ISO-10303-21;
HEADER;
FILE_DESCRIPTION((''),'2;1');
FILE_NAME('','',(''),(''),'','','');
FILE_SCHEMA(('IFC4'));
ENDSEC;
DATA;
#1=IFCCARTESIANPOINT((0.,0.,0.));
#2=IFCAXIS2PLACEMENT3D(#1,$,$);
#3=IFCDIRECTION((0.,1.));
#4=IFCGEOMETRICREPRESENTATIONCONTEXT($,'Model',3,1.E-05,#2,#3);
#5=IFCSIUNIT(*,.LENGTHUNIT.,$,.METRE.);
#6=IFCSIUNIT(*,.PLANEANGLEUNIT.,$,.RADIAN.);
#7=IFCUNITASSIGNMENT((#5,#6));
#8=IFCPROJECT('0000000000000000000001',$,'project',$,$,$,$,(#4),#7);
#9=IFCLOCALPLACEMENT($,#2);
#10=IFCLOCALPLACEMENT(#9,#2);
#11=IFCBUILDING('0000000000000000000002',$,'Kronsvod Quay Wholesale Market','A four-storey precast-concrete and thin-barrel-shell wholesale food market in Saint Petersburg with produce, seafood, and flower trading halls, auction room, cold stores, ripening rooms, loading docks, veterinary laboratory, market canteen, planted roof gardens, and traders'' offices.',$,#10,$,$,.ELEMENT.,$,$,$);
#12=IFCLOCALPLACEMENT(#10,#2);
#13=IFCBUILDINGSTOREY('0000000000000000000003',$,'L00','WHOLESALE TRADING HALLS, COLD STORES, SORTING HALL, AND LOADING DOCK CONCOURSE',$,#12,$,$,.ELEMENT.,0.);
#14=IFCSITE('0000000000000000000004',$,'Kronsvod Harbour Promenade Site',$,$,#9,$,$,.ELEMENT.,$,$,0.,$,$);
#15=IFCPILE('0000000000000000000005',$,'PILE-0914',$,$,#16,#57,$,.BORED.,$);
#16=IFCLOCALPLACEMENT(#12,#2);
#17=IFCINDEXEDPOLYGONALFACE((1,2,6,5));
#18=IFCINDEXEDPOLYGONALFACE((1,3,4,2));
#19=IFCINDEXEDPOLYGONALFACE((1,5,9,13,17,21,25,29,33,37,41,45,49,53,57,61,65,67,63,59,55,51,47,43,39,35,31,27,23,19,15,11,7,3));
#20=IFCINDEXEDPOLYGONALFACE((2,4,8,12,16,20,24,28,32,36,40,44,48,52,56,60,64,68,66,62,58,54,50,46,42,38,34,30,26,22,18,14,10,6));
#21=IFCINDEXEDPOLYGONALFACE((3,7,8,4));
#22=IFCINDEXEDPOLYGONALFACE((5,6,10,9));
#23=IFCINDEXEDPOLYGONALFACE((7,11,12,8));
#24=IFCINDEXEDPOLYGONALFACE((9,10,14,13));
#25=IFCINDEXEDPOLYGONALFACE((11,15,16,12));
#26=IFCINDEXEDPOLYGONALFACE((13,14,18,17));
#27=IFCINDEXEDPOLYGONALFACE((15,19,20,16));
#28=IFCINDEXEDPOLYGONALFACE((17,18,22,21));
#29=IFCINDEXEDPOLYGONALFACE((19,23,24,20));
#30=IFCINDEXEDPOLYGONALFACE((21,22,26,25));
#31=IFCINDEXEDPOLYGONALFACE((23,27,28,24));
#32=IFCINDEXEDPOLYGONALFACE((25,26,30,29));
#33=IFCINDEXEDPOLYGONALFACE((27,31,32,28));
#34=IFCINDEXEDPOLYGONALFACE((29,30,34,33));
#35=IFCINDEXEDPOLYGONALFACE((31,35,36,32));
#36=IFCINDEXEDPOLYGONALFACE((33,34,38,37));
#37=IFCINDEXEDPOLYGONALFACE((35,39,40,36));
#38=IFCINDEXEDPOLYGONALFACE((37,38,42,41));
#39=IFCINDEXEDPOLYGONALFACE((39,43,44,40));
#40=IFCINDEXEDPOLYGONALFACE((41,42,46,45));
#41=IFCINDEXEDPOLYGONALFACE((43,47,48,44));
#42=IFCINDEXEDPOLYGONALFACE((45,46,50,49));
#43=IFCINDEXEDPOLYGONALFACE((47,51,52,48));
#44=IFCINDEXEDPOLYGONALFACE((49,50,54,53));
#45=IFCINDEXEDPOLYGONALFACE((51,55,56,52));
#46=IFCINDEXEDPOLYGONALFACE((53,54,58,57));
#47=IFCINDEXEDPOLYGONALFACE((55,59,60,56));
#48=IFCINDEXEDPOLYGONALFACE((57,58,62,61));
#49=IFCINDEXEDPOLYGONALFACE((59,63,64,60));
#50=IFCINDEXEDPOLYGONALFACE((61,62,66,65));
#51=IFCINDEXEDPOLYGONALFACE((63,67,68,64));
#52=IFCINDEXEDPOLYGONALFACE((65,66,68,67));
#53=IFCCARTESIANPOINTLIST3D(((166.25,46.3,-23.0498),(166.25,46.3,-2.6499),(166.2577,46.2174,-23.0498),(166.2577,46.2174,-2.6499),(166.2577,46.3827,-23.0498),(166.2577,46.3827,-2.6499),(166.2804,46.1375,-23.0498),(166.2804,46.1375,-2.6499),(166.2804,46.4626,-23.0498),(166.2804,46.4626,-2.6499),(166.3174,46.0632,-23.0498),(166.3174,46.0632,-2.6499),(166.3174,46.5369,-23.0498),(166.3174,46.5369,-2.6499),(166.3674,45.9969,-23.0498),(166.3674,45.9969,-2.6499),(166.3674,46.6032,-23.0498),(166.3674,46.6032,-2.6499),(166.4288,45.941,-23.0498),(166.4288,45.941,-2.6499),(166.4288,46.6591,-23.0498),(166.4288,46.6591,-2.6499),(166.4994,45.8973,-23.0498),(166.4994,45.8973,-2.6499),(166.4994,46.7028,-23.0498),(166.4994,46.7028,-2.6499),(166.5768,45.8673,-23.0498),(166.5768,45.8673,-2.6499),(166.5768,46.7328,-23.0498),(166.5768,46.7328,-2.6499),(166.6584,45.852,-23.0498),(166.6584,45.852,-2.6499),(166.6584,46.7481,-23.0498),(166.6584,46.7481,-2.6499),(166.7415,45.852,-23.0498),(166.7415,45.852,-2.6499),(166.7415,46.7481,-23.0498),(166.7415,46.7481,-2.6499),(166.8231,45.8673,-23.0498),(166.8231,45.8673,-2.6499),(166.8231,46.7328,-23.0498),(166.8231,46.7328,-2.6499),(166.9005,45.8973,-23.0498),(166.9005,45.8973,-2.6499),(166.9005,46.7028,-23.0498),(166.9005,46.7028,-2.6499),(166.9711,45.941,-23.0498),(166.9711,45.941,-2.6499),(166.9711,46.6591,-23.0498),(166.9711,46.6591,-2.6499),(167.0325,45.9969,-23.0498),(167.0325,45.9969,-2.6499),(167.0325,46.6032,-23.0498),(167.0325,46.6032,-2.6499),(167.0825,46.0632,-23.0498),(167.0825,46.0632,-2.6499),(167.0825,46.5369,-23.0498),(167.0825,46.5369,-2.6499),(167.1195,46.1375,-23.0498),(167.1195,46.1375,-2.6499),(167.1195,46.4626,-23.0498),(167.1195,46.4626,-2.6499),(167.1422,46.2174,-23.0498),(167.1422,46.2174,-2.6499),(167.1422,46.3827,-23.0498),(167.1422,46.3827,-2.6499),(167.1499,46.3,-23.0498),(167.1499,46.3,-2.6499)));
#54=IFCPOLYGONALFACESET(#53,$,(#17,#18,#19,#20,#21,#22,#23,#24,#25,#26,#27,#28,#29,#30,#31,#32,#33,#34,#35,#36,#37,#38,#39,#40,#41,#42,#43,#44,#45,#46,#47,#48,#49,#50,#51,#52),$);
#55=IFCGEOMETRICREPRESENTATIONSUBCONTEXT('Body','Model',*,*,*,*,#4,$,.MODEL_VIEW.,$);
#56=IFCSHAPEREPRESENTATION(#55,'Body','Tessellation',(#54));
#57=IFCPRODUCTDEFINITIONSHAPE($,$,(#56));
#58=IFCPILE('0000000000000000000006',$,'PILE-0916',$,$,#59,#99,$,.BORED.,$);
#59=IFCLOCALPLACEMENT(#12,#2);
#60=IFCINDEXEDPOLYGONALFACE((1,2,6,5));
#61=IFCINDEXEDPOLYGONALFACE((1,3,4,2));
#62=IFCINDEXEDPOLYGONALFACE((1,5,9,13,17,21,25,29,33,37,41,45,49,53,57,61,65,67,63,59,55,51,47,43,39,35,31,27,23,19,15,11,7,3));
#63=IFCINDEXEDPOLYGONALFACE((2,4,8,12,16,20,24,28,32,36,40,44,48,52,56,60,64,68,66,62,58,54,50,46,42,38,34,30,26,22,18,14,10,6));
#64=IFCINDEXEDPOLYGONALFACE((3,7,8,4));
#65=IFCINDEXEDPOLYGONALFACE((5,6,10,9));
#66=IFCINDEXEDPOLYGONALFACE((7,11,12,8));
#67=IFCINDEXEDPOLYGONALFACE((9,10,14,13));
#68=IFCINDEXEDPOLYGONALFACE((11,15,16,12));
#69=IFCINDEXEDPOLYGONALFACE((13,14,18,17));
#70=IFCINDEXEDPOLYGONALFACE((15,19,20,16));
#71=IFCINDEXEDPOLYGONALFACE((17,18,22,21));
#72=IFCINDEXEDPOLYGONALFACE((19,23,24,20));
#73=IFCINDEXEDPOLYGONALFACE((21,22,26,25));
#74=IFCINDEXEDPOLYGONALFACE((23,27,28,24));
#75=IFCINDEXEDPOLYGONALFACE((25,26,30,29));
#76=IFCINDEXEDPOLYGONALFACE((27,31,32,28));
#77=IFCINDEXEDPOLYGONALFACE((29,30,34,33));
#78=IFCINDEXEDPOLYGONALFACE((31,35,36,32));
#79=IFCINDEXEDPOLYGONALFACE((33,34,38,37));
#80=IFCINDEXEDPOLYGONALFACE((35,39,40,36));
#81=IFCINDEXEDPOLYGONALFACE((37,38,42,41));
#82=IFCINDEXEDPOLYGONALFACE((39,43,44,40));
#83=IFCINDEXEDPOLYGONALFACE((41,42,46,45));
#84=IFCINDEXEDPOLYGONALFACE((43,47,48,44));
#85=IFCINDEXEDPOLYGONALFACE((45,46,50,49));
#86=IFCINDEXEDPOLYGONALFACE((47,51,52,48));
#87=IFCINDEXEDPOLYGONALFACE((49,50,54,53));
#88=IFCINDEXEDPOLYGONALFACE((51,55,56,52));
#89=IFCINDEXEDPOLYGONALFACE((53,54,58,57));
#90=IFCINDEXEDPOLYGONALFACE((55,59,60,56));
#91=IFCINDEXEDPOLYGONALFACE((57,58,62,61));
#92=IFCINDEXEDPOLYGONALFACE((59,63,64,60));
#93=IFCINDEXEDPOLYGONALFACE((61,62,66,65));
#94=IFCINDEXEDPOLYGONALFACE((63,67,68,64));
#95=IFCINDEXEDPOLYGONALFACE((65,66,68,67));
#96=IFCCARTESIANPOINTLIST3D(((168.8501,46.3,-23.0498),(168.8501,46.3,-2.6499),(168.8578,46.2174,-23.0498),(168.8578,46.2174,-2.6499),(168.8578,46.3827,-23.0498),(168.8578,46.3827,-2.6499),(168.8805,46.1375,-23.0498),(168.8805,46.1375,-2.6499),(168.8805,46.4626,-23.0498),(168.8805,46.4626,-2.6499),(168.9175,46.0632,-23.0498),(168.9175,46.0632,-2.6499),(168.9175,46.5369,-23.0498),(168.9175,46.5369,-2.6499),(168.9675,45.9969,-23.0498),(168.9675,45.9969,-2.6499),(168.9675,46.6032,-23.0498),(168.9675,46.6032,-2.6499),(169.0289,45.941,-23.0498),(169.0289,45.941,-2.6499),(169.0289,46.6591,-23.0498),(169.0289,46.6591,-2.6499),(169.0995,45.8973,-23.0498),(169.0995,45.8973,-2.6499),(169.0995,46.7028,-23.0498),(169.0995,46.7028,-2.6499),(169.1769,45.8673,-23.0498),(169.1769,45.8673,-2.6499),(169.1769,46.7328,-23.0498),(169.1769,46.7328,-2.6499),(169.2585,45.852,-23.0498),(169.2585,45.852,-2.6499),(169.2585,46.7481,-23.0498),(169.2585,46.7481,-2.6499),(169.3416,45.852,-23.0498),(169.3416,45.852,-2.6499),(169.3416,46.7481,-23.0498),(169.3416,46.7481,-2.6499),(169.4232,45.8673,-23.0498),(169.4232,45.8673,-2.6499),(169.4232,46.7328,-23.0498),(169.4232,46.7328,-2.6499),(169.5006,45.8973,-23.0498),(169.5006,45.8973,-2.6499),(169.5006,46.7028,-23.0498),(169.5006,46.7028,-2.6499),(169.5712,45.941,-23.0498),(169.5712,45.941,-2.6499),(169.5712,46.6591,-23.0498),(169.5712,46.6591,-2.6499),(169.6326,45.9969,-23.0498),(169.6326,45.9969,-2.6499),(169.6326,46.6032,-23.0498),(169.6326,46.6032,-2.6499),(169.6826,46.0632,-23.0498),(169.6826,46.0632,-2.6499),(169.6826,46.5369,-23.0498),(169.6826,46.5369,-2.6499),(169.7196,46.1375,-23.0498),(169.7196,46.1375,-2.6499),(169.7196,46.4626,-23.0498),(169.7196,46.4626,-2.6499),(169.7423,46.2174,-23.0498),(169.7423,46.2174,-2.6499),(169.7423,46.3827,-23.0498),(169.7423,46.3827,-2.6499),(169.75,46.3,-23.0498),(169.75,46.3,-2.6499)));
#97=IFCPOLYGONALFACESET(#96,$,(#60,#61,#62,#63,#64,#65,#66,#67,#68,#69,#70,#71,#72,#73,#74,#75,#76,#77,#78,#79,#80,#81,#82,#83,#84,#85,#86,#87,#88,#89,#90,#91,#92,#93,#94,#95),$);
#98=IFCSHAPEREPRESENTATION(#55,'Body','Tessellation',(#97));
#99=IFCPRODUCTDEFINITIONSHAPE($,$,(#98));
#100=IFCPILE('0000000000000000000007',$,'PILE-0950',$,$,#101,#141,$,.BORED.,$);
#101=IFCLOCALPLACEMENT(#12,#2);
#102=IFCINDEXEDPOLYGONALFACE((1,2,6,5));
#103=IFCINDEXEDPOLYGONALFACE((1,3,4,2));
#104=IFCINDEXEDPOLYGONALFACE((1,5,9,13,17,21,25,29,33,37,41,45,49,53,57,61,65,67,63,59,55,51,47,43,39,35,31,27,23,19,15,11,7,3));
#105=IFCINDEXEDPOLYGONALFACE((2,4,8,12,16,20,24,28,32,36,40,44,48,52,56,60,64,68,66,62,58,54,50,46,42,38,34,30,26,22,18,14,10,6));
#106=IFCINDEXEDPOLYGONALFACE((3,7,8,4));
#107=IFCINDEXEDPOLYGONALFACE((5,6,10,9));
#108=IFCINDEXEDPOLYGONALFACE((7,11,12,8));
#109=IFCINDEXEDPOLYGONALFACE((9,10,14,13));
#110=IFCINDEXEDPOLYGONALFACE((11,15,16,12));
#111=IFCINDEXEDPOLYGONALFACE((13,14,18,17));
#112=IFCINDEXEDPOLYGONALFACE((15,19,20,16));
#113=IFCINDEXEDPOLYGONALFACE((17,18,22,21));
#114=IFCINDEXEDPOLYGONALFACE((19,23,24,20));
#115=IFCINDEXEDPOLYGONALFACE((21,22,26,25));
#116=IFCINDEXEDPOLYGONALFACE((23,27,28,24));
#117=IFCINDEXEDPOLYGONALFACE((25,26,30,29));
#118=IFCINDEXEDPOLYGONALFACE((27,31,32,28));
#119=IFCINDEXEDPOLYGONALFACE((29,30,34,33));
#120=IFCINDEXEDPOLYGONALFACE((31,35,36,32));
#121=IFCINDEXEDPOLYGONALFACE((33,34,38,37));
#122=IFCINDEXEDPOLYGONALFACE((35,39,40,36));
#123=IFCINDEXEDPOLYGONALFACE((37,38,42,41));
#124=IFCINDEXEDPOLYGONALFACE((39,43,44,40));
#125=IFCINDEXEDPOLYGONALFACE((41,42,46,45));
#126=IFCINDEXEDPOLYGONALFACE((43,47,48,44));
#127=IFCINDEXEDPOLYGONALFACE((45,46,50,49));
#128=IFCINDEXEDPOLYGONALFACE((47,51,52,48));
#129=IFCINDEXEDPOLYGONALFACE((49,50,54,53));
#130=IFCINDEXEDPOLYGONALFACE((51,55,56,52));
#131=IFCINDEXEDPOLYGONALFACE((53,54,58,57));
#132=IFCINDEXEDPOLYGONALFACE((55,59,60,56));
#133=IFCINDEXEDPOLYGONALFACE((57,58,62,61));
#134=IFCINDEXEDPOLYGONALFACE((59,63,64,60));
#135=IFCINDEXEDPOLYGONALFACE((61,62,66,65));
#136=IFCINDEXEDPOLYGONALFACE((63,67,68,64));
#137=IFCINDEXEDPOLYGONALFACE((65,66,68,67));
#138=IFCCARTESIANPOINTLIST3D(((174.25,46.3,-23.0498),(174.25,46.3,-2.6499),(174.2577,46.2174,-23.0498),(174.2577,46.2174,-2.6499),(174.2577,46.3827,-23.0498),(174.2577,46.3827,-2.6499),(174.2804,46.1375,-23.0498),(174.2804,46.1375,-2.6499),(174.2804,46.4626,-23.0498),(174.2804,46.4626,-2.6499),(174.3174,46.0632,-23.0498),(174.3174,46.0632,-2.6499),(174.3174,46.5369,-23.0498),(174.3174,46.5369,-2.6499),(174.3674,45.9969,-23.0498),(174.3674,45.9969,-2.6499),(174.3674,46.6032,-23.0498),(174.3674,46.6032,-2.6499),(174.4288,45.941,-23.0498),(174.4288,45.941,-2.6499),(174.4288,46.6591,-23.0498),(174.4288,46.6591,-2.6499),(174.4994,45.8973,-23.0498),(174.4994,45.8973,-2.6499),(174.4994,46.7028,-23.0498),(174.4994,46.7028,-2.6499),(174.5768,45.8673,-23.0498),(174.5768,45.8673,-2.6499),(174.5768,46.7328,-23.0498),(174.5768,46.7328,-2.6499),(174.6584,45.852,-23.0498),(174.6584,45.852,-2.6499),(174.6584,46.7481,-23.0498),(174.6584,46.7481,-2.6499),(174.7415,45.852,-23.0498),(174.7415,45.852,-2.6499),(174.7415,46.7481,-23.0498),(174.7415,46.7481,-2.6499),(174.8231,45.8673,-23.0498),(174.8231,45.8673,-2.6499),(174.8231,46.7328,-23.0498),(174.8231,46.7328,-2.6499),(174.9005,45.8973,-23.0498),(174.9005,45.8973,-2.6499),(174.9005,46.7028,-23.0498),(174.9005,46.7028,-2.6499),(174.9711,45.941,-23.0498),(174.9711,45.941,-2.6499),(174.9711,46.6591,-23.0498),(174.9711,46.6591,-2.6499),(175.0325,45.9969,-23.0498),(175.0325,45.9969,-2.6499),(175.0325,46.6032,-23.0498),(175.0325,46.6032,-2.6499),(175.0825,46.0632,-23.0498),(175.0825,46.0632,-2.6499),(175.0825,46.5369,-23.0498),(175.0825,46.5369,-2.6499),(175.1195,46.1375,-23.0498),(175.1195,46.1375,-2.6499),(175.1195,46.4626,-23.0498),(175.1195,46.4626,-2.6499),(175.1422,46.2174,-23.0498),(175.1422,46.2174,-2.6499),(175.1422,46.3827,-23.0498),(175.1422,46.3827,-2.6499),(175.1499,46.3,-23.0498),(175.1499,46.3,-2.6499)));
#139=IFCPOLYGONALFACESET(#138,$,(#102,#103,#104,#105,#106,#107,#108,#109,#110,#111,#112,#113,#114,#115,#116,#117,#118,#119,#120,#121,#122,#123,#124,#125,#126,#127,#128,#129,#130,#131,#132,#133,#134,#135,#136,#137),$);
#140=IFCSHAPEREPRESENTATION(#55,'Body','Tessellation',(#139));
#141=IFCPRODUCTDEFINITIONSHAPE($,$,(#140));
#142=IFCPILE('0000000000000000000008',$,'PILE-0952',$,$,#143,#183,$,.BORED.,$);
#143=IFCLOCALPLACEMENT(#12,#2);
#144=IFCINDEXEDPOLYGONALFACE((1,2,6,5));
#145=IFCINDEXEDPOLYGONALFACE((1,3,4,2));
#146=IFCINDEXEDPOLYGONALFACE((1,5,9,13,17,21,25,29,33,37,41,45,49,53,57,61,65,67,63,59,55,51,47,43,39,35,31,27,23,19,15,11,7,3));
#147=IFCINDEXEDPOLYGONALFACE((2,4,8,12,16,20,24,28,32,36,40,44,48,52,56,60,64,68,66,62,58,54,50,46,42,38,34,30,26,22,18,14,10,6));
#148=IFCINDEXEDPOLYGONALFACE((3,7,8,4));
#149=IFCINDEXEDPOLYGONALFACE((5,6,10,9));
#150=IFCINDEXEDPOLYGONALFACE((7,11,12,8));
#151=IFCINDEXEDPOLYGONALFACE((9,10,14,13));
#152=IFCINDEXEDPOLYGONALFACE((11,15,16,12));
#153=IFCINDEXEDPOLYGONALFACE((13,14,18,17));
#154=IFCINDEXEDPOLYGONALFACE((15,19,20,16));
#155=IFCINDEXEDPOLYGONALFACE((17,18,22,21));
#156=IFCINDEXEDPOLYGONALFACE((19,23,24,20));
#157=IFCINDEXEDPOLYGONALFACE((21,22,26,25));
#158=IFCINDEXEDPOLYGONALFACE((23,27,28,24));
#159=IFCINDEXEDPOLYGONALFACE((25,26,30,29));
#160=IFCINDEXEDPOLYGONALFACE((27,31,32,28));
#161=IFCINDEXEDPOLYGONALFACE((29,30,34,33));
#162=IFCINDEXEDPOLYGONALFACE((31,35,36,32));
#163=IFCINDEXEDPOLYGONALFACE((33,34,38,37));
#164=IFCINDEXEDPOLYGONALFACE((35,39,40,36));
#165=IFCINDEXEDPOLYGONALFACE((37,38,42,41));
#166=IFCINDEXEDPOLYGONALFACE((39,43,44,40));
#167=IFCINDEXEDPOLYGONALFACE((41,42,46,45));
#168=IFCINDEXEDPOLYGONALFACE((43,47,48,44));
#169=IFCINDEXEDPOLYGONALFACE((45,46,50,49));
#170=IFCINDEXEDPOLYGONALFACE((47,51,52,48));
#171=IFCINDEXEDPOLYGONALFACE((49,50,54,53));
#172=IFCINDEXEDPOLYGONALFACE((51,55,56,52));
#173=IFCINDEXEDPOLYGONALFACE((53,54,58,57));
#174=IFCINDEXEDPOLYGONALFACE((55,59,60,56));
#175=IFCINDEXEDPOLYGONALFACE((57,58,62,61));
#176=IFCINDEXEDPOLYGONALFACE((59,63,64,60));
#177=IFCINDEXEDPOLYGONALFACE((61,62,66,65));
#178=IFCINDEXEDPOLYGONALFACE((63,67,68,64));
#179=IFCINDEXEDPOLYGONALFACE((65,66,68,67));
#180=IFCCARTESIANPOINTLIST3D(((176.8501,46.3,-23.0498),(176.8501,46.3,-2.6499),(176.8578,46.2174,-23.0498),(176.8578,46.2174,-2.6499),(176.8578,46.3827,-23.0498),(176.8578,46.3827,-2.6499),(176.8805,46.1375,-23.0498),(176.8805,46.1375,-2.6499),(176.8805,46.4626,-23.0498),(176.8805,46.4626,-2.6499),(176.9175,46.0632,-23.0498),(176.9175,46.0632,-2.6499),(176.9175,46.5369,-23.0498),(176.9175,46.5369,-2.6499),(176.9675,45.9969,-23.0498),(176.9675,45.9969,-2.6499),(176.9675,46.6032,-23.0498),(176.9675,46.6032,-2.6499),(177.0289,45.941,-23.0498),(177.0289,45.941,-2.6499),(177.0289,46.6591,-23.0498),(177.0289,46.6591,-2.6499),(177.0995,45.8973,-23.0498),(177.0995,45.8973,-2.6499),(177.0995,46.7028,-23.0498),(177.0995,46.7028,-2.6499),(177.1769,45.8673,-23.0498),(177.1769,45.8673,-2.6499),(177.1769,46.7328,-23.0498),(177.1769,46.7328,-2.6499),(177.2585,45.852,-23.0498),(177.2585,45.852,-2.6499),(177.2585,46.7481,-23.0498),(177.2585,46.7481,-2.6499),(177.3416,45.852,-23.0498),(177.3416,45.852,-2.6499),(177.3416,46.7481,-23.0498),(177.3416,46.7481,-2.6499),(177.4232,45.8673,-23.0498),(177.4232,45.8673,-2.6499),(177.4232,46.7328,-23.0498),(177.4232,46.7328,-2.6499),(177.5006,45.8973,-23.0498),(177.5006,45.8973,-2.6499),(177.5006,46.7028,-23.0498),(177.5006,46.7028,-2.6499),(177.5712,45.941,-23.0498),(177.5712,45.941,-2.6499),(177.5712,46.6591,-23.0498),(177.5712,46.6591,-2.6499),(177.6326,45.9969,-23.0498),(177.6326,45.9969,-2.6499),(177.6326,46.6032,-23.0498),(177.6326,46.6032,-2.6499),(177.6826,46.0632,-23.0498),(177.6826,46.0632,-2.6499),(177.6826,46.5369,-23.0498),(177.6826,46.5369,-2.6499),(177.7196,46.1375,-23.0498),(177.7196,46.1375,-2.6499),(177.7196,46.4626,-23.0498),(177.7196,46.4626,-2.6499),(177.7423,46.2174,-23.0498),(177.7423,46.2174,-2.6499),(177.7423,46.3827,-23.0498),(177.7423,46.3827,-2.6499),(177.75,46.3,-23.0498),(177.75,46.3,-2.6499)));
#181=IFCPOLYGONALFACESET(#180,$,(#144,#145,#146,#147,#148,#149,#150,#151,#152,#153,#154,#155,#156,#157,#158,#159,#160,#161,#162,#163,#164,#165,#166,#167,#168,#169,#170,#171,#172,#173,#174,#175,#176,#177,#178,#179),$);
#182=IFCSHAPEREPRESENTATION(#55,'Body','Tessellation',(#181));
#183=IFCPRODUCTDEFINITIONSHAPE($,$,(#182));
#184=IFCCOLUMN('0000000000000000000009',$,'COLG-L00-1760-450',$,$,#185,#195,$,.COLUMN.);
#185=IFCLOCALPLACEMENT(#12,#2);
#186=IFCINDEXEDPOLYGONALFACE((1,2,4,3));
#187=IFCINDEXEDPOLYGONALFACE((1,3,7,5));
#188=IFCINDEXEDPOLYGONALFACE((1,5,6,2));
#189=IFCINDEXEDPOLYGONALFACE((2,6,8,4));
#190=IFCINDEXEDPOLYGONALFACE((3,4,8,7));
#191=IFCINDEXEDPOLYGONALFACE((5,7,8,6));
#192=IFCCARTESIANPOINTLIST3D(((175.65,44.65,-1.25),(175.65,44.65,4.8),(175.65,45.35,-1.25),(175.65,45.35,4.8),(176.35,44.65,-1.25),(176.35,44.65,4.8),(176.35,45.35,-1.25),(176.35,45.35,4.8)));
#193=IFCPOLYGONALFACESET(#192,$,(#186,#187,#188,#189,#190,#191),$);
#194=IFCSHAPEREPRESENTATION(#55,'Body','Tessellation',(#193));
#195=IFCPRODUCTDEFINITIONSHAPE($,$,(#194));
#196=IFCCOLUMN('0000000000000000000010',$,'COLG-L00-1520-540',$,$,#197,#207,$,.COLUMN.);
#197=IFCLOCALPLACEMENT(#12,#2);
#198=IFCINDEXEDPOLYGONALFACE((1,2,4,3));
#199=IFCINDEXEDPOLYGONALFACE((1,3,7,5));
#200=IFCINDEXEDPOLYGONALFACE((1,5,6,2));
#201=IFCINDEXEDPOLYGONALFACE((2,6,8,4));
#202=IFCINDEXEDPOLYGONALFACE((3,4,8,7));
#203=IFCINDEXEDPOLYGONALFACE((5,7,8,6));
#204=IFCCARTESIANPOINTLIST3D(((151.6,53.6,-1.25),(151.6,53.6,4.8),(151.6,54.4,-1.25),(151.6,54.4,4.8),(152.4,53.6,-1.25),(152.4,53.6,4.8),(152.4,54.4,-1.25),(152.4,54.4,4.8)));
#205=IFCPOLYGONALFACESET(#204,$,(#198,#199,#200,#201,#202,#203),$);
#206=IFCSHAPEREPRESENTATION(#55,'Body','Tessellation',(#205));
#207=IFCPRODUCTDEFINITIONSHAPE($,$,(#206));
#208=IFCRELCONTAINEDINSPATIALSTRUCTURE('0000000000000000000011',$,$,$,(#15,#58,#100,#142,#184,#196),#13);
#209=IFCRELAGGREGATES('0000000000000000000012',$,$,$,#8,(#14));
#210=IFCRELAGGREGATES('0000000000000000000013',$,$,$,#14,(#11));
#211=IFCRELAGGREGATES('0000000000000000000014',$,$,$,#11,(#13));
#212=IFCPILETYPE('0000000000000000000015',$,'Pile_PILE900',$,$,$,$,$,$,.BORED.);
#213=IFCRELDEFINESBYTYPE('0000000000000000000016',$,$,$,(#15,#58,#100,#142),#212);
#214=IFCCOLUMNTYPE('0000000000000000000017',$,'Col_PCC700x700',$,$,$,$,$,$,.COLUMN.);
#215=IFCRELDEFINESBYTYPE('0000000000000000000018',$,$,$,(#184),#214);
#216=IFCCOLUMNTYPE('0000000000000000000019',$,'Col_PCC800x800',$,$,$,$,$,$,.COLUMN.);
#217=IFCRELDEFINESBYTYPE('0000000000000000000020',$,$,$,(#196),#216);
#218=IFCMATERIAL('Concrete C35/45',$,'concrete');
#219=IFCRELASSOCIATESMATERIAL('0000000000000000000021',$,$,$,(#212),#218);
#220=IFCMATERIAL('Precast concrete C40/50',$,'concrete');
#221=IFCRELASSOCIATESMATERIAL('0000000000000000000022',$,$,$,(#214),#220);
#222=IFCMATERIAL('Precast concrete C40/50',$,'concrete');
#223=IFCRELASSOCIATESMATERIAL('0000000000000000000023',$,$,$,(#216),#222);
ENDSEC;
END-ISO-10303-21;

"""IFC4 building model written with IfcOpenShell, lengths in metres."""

from ifc_helpers import new_model, si_unit, direction, frame, origin, origin_2d, place, context, subcontext, project, spatial, rectangle, circle, extrude, material, material_profile, profile_set, type_object, element, save


model = new_model("IFC4")

# Units and contexts
model_context = context("Model", 3, precision=1e-05, world=origin(), true_north=direction((0.0, 1.0)))
body_context = subcontext(model_context, "Body", "Model", "MODEL_VIEW")
ifc_project = project(units=[si_unit("LENGTHUNIT", "METRE"), si_unit("PLANEANGLEUNIT", "RADIAN")], contexts=[model_context])

# Site, building, storey
site_placement = place(None, origin())
site = spatial("IfcSite", under=ifc_project, at=site_placement, Name="Kronsvod Harbour Promenade Site", CompositionType="ELEMENT", RefElevation=0.0)
building_placement = place(site_placement, origin())
building = spatial("IfcBuilding", under=site, at=building_placement, Name="Kronsvod Quay Wholesale Market", Description="A four-storey precast-concrete and thin-barrel-shell wholesale food market in Saint Petersburg with produce, seafood, and flower trading halls, auction room, cold stores, ripening rooms, loading docks, veterinary laboratory, market canteen, planted roof gardens, and traders' offices.", CompositionType="ELEMENT")
storey_placement = place(building_placement, origin())
storey = spatial("IfcBuildingStorey", under=building, at=storey_placement, Name="L00", Description="WHOLESALE TRADING HALLS, COLD STORES, SORTING HALL, AND LOADING DOCK CONCOURSE", CompositionType="ELEMENT", Elevation=0.0)

# Piles
ifc_material_1 = material(Name="Concrete C35/45", Category="concrete")
ifc_material_profile_1 = material_profile(ifc_material_1, circle(Radius=0.45, at=origin_2d()), Name="PILE900")
ifc_profile_set_1 = profile_set([ifc_material_profile_1], Name="Concrete C35/45")
pile_type_1 = type_object("IfcPileType", Name="Pile_PILE900", PredefinedType="BORED", material=ifc_profile_set_1)
for number, where, z_axis, x_axis, name in (
    (1, (166.7, 46.3, -2.6499), (0.0, 0.0, -1.0), (1.0, 0.0, 0.0), "PILE-0914"),
    (2, (169.3, 46.3, -2.6499), (0.0, 0.0, -1.0), (1.0, 0.0, 0.0), "PILE-0916"),
    (3, (174.7, 46.3, -2.6499), (0.0, 0.0, -1.0), (1.0, 0.0, 0.0), "PILE-0950"),
    (4, (177.3, 46.3, -2.6499), (0.0, 0.0, -1.0), (1.0, 0.0, 0.0), "PILE-0952"),
):
    element("IfcPile", number, at=place(storey_placement, frame(where, z_axis=z_axis, x_axis=x_axis)), inside=storey, type_object=pile_type_1, Name=name, PredefinedType="BORED", context=body_context, shape_type="SweptSolid", body=[
        extrude(circle(Radius=0.45, at=origin_2d()), origin(), (0.0, 0.0, 1.0), 20.3999),
    ])

# Columns
ifc_material_2 = material(Name="Precast concrete C40/50", Category="concrete")
ifc_material_profile_2 = material_profile(ifc_material_2, rectangle(XDim=0.7, YDim=0.7, at=origin_2d()), Name="PCC700x700")
ifc_profile_set_2 = profile_set([ifc_material_profile_2], Name="Precast concrete C40/50")
column_type_1 = type_object("IfcColumnType", Name="Col_PCC700x700", PredefinedType="COLUMN", material=ifc_profile_set_2)
column_1_placement = place(storey_placement, frame((176.0, 45.0, -1.25), z_axis=(0.0, 0.0, 1.0), x_axis=(1.0, 0.0, 0.0)))
element("IfcColumn", 5, at=column_1_placement, inside=storey, type_object=column_type_1, Name="COLG-L00-1760-450", PredefinedType="COLUMN", context=body_context, shape_type="SweptSolid", body=[
    extrude(rectangle(XDim=0.7, YDim=0.7, at=origin_2d()), origin(), (0.0, 0.0, 1.0), 6.05),
])
ifc_material_3 = material(Name="Precast concrete C40/50", Category="concrete")
ifc_material_profile_3 = material_profile(ifc_material_3, rectangle(XDim=0.8, YDim=0.8, at=origin_2d()), Name="PCC800x800")
ifc_profile_set_3 = profile_set([ifc_material_profile_3], Name="Precast concrete C40/50")
column_type_2 = type_object("IfcColumnType", Name="Col_PCC800x800", PredefinedType="COLUMN", material=ifc_profile_set_3)
column_2_placement = place(storey_placement, frame((152.0, 54.0, -1.25), z_axis=(0.0, 0.0, 1.0), x_axis=(1.0, 0.0, 0.0)))
element("IfcColumn", 6, at=column_2_placement, inside=storey, type_object=column_type_2, Name="COLG-L00-1520-540", PredefinedType="COLUMN", context=body_context, shape_type="SweptSolid", body=[
    extrude(rectangle(XDim=0.8, YDim=0.8, at=origin_2d()), origin(), (0.0, 0.0, 1.0), 6.05),
])

save(model, "model.ifc")
